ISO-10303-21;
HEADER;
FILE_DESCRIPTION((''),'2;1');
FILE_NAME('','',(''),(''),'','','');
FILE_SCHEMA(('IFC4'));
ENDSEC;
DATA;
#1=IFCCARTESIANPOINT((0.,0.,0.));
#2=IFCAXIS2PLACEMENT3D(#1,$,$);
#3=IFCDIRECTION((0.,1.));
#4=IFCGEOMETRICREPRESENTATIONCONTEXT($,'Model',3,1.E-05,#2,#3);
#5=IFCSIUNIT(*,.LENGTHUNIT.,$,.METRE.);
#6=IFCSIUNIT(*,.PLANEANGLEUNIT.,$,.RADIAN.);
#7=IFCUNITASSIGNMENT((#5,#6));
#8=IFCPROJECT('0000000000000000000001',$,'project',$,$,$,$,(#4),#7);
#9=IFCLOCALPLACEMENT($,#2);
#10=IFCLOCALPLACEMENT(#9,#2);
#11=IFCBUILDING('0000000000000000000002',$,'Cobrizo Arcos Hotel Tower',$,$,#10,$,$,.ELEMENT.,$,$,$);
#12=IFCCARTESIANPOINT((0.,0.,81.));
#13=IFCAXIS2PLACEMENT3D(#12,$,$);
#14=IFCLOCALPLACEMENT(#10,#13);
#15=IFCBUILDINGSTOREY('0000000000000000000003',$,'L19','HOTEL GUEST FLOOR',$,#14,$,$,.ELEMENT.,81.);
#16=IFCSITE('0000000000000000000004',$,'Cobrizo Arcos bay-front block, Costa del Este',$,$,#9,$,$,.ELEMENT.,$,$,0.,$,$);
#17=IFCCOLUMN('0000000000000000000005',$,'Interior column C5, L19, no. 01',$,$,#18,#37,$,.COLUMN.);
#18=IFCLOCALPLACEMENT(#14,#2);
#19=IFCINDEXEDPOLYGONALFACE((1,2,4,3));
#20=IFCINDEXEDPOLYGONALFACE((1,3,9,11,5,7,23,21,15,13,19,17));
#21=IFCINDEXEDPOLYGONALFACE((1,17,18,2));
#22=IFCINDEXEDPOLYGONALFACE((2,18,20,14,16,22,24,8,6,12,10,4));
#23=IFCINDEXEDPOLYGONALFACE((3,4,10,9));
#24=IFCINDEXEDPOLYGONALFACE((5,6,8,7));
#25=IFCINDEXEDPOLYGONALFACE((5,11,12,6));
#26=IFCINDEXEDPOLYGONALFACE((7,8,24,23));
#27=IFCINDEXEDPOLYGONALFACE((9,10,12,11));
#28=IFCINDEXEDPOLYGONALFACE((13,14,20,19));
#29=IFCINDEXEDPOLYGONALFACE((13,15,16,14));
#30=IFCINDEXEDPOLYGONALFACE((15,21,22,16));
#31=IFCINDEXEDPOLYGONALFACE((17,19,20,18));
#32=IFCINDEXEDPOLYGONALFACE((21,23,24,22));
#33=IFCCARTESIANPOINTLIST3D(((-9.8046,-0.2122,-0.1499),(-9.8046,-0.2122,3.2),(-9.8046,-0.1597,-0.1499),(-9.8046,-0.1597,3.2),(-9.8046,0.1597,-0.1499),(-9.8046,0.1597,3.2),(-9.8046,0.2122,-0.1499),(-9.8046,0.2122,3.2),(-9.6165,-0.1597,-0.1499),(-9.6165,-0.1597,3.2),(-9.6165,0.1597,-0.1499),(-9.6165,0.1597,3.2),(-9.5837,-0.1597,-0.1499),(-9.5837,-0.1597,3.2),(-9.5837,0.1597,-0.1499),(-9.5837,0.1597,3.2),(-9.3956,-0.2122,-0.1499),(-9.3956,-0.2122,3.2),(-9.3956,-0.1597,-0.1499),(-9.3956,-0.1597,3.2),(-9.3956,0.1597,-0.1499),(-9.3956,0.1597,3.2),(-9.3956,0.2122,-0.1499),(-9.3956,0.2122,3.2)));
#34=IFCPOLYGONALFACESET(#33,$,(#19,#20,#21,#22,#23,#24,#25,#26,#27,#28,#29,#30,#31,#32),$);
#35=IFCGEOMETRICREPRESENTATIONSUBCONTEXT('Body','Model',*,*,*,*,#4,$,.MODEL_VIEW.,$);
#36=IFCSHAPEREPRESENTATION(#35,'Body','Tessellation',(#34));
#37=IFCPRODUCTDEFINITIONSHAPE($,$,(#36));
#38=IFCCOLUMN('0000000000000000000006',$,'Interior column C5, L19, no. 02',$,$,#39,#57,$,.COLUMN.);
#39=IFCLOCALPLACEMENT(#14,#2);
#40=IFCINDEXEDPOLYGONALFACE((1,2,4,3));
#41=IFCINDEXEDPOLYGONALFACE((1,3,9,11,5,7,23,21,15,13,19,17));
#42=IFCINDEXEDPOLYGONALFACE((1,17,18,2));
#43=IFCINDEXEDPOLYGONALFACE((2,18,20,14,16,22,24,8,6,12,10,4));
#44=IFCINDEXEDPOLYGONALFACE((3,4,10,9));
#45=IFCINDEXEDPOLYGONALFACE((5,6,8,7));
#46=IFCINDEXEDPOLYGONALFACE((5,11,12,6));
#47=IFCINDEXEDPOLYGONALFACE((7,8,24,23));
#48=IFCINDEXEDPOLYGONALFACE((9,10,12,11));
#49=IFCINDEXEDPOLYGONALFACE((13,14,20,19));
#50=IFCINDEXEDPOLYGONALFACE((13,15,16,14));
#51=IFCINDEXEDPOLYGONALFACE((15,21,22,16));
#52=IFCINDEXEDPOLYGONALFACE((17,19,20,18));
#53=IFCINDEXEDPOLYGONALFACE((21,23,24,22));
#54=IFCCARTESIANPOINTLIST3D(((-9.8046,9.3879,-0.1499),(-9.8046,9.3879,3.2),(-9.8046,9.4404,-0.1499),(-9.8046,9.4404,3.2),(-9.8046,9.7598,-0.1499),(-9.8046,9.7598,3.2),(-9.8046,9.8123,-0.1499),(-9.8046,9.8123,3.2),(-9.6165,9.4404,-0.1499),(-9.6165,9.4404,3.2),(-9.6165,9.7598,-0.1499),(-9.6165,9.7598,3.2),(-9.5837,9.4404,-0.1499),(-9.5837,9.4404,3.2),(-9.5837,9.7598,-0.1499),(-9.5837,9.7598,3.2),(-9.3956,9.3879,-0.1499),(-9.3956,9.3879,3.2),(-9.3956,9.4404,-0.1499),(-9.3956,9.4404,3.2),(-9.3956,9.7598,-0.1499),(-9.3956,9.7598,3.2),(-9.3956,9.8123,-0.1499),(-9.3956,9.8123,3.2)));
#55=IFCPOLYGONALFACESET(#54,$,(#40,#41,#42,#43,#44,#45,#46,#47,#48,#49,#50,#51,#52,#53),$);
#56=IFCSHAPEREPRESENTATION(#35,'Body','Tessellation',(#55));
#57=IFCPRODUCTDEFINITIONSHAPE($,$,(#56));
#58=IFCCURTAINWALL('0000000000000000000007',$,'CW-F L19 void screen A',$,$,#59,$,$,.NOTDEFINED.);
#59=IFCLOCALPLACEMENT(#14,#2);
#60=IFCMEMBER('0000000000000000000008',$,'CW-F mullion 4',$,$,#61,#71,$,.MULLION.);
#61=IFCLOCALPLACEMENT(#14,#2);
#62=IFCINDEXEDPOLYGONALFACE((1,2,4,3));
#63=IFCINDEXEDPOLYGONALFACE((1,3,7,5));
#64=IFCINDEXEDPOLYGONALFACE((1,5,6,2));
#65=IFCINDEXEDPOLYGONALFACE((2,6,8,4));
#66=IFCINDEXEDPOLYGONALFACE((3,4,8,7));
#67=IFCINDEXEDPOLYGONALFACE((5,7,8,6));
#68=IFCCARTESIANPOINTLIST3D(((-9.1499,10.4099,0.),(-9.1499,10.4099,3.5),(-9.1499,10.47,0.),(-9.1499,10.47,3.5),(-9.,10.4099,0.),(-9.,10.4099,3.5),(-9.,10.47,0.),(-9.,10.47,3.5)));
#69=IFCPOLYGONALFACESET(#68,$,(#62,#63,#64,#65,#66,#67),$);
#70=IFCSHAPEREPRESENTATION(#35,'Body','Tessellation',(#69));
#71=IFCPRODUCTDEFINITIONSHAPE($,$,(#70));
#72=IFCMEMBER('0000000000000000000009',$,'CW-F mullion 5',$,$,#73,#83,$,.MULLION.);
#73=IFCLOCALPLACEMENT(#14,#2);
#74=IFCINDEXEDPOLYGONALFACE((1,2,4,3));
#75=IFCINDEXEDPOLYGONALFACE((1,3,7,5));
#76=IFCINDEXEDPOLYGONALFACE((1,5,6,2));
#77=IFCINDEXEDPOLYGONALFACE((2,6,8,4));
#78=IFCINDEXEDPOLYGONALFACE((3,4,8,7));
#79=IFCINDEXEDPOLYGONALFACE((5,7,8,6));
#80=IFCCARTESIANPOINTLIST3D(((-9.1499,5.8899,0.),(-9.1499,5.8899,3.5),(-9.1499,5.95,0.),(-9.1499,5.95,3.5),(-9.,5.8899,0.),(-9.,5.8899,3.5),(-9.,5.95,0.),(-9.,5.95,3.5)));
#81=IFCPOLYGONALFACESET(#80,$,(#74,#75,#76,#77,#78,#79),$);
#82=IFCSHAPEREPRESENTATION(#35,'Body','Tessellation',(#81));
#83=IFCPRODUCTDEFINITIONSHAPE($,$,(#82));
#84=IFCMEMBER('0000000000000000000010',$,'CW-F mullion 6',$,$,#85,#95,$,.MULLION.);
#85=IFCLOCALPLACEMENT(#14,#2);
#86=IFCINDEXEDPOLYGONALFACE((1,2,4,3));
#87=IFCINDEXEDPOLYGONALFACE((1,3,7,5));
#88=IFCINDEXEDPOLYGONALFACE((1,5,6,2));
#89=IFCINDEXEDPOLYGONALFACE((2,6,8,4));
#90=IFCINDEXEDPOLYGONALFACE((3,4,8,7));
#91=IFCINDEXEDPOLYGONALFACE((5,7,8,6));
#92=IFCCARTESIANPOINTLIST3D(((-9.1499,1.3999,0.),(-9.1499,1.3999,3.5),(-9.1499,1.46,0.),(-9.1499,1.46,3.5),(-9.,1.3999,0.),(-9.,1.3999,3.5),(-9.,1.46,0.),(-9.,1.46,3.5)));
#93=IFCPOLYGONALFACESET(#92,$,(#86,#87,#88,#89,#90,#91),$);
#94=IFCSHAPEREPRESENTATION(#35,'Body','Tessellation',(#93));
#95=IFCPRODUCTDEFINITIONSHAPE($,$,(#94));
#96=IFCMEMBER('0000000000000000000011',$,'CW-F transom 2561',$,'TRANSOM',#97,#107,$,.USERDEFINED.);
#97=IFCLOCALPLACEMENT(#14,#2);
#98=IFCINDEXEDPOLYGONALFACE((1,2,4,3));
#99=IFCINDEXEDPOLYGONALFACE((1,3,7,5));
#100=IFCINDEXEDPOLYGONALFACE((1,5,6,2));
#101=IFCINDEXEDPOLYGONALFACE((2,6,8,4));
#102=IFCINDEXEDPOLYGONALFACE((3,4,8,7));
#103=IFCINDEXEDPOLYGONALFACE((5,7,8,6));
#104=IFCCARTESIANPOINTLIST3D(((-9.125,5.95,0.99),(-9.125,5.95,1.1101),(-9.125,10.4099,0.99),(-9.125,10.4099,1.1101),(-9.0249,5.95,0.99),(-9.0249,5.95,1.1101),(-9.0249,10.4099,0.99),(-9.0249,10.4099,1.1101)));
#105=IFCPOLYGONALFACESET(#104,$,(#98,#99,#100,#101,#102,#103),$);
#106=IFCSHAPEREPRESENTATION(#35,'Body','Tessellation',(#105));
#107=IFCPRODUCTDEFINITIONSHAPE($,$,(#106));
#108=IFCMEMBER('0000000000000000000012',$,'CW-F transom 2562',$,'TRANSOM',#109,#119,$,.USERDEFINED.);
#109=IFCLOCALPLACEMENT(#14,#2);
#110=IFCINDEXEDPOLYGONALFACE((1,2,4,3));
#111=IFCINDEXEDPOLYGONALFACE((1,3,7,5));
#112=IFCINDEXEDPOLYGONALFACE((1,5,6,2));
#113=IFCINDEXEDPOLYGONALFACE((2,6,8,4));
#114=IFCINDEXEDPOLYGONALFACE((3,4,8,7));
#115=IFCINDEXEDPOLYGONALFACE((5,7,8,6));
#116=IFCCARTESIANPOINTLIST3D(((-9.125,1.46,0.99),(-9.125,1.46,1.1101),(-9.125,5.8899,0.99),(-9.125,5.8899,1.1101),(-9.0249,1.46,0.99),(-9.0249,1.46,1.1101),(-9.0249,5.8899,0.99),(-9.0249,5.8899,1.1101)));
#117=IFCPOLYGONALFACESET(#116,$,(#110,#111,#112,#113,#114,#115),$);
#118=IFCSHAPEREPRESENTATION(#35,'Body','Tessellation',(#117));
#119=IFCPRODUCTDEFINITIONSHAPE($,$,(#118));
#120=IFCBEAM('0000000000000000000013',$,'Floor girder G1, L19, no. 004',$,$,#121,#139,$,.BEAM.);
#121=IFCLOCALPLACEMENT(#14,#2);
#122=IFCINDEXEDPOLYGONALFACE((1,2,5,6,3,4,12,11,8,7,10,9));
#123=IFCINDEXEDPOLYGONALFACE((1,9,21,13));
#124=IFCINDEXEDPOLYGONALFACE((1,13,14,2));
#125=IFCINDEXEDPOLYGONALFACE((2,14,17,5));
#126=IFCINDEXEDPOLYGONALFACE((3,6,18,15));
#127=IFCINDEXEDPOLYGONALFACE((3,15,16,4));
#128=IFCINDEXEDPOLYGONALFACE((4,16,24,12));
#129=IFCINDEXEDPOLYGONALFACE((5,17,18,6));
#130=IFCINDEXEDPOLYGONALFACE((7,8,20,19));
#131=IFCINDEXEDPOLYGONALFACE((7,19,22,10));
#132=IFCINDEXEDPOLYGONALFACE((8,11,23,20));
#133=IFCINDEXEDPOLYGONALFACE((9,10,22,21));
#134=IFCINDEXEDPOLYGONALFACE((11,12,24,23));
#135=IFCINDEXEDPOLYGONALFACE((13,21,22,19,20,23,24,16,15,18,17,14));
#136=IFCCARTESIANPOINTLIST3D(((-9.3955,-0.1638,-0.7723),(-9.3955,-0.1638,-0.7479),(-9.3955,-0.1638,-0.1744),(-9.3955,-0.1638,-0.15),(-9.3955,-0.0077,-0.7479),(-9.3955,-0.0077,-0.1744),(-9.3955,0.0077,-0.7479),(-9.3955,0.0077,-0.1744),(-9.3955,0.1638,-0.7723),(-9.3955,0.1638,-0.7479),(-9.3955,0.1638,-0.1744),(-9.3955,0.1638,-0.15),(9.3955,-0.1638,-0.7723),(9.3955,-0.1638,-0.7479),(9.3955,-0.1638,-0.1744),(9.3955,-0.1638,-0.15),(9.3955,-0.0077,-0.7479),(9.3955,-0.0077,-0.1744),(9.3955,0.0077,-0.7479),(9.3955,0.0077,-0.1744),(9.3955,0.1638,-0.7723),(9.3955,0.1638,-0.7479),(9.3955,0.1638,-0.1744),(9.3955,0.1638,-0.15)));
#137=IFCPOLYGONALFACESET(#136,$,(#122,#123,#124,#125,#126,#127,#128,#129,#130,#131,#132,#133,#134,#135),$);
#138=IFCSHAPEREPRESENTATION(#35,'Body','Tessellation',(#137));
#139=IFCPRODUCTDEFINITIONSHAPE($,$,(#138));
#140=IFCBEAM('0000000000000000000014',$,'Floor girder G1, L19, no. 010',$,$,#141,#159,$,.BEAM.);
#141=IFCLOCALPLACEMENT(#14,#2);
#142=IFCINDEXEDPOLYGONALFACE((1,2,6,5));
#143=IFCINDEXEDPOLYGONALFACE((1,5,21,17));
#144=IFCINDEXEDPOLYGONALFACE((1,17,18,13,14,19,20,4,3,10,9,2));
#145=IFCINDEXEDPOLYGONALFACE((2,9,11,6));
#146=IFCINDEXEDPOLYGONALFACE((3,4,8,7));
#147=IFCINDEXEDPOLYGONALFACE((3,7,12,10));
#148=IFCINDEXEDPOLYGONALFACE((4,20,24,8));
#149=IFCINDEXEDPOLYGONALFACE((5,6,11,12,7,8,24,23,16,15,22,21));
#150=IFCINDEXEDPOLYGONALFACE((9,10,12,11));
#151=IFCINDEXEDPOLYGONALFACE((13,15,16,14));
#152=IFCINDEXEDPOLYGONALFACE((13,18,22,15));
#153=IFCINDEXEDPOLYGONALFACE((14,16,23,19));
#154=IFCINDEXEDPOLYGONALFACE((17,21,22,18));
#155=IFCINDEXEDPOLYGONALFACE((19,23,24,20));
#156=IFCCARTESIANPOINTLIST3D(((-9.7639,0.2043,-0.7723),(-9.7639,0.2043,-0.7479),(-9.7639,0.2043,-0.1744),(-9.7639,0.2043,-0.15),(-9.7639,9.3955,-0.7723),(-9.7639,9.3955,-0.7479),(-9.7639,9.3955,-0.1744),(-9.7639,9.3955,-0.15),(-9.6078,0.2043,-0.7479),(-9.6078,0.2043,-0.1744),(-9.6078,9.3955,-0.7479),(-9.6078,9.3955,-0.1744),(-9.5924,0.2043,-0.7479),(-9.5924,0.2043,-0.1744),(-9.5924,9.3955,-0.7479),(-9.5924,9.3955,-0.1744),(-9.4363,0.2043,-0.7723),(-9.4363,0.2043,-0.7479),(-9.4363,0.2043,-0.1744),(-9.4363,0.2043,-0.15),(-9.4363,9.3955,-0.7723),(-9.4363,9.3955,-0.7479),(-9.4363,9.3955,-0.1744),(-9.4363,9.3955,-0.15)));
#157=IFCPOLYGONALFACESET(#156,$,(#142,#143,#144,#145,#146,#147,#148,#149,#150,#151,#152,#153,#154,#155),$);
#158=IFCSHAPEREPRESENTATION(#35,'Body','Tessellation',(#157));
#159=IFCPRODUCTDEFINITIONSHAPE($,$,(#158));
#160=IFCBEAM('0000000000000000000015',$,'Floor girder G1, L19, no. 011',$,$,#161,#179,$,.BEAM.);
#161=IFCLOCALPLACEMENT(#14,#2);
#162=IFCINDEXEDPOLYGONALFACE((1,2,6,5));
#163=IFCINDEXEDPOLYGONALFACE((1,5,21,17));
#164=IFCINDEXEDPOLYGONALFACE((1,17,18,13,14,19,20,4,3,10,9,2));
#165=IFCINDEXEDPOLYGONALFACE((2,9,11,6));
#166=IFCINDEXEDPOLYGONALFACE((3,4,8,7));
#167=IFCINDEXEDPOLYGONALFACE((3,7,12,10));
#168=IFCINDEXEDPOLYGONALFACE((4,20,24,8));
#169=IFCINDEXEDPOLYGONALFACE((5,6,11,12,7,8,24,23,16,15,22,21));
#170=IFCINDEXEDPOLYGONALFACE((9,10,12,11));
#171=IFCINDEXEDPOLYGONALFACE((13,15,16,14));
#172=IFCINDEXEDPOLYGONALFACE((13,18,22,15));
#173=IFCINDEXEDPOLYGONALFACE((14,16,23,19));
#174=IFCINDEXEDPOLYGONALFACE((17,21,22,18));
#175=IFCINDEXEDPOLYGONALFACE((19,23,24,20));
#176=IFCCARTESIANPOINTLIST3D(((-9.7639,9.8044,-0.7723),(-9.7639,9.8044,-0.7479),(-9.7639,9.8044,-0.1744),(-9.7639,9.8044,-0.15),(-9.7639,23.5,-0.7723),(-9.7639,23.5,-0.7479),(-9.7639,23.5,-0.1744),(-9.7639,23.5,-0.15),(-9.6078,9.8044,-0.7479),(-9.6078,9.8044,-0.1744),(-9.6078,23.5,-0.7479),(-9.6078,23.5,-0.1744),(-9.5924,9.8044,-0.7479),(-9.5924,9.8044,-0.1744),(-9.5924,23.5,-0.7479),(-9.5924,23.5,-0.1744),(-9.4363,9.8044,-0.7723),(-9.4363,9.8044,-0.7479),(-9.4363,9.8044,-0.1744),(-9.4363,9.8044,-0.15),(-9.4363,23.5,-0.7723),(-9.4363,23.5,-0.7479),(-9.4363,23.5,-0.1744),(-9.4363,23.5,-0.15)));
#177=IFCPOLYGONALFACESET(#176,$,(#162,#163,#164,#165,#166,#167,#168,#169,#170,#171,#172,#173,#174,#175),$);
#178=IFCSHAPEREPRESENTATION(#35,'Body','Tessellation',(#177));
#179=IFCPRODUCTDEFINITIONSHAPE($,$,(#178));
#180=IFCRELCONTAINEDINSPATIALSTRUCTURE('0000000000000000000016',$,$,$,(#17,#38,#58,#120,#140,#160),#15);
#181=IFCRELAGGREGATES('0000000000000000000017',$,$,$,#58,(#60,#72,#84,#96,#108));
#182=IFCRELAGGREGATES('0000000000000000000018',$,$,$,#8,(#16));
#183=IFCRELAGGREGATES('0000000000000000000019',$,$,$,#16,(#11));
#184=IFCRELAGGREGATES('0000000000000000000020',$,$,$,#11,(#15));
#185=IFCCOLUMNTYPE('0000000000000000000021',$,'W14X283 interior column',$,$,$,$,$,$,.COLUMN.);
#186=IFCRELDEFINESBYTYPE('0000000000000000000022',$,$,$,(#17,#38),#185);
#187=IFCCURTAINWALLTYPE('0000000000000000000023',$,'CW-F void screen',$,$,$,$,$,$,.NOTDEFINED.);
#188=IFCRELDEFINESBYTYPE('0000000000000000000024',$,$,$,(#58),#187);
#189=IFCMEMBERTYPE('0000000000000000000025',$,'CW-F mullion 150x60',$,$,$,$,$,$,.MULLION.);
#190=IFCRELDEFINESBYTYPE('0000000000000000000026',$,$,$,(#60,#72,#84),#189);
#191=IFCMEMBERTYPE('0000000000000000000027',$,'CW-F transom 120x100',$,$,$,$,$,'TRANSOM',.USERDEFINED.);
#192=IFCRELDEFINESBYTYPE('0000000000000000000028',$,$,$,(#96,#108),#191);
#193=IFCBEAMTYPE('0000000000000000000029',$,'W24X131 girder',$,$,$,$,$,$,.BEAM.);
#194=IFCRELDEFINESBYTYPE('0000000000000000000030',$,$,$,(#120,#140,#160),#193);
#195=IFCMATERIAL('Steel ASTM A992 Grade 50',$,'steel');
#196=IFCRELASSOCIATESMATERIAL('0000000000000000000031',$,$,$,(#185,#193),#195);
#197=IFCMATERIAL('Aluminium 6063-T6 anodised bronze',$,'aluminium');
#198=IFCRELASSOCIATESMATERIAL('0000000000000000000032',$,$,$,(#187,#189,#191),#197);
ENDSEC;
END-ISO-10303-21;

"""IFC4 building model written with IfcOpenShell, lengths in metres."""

from ifc_helpers import new_model, si_unit, direction, frame, origin, origin_2d, place, context, subcontext, project, spatial, rectangle, i_section, extrude, material, material_profile, profile_set, type_object, element, aggregate, save


model = new_model("IFC4")

# Units and contexts
model_context = context("Model", 3, precision=1e-05, world=origin(), true_north=direction((0.0, 1.0)))
body_context = subcontext(model_context, "Body", "Model", "MODEL_VIEW")
ifc_project = project(units=[si_unit("LENGTHUNIT", "METRE"), si_unit("PLANEANGLEUNIT", "RADIAN")], contexts=[model_context])

# Site, building, storey
site_placement = place(None, origin())
site = spatial("IfcSite", under=ifc_project, at=site_placement, Name="Cobrizo Arcos bay-front block, Costa del Este", CompositionType="ELEMENT", RefElevation=0.0)
building_placement = place(site_placement, origin())
building = spatial("IfcBuilding", under=site, at=building_placement, Name="Cobrizo Arcos Hotel Tower", CompositionType="ELEMENT")
storey_placement = place(building_placement, frame((0.0, 0.0, 81.0)))
storey = spatial("IfcBuildingStorey", under=building, at=storey_placement, Name="L19", Description="HOTEL GUEST FLOOR", CompositionType="ELEMENT", Elevation=81.0)

# Columns
ifc_material_1 = material(Name="Steel ASTM A992 Grade 50", Category="steel")
ifc_material_profile_1 = material_profile(ifc_material_1, i_section(OverallWidth=0.4089, OverallDepth=0.4243, WebThickness=0.0327, FlangeThickness=0.0525, at=origin_2d()), Name="W14X283")
ifc_profile_set_1 = profile_set([ifc_material_profile_1], Name="Steel ASTM A992 Grade 50")
column_type = type_object("IfcColumnType", Name="W14X283 interior column", PredefinedType="COLUMN", material=ifc_profile_set_1)
for number, where, z_axis, x_axis, name in (
    (1, (-9.6001, 0.0, -0.1499), (0.0, 0.0, 1.0), (1.0, 0.0, 0.0), "Interior column C5, L19, no. 01"),
    (2, (-9.6001, 9.6001, -0.1499), (0.0, 0.0, 1.0), (1.0, 0.0, 0.0), "Interior column C5, L19, no. 02"),
):
    element("IfcColumn", number, at=place(storey_placement, frame(where, z_axis=z_axis, x_axis=x_axis)), inside=storey, type_object=column_type, Name=name, PredefinedType="COLUMN", context=body_context, shape_type="SweptSolid", body=[
        extrude(i_section(OverallWidth=0.4089, OverallDepth=0.4243, WebThickness=0.0327, FlangeThickness=0.0525, at=origin_2d()), origin(), (0.0, 0.0, 1.0), 3.3499),
    ])

# Curtain wall, members
ifc_material_2 = material(Name="Aluminium 6063-T6 anodised bronze", Category="aluminium")
curtain_wall_type = type_object("IfcCurtainWallType", Name="CW-F void screen", PredefinedType="NOTDEFINED", material=ifc_material_2)
curtain_wall_placement = place(storey_placement, origin())
curtain_wall = element("IfcCurtainWall", 3, at=curtain_wall_placement, inside=storey, type_object=curtain_wall_type, Name="CW-F L19 void screen A", PredefinedType="NOTDEFINED")
ifc_material_profile_2 = material_profile(ifc_material_2, rectangle(XDim=0.1499, YDim=0.0601, at=origin_2d()), Name="CW-F mullion 150x60")
ifc_profile_set_2 = profile_set([ifc_material_profile_2], Name="Aluminium 6063-T6 anodised bronze")
member_type_1 = type_object("IfcMemberType", Name="CW-F mullion 150x60", PredefinedType="MULLION", material=ifc_profile_set_2)
member_1_placement = place(storey_placement, frame((-9.075, 10.4399, 0.0), z_axis=(0.0, 0.0, 1.0), x_axis=(-1.0, 0.0, 0.0)))
member_1 = element("IfcMember", 4, at=member_1_placement, type_object=member_type_1, Name="CW-F mullion 4", PredefinedType="MULLION", context=body_context, shape_type="SweptSolid", body=[
    extrude(rectangle(XDim=0.1499, YDim=0.0601, at=origin_2d()), origin(), (0.0, 0.0, 1.0), 3.5),
])
member_2_placement = place(storey_placement, frame((-9.075, 5.9199, 0.0), z_axis=(0.0, 0.0, 1.0), x_axis=(-1.0, 0.0, 0.0)))
member_2 = element("IfcMember", 5, at=member_2_placement, type_object=member_type_1, Name="CW-F mullion 5", PredefinedType="MULLION", context=body_context, shape_type="SweptSolid", body=[
    extrude(rectangle(XDim=0.1499, YDim=0.0601, at=origin_2d()), origin(), (0.0, 0.0, 1.0), 3.5),
])
member_3_placement = place(storey_placement, frame((-9.075, 1.4299, 0.0), z_axis=(0.0, 0.0, 1.0), x_axis=(-1.0, 0.0, 0.0)))
member_3 = element("IfcMember", 6, at=member_3_placement, type_object=member_type_1, Name="CW-F mullion 6", PredefinedType="MULLION", context=body_context, shape_type="SweptSolid", body=[
    extrude(rectangle(XDim=0.1499, YDim=0.0601, at=origin_2d()), origin(), (0.0, 0.0, 1.0), 3.5),
])
ifc_material_profile_3 = material_profile(ifc_material_2, rectangle(XDim=0.1001, YDim=0.1201, at=origin_2d()), Name="CW-F transom 120x100")
ifc_profile_set_3 = profile_set([ifc_material_profile_3], Name="Aluminium 6063-T6 anodised bronze")
member_type_2 = type_object("IfcMemberType", Name="CW-F transom 120x100", ElementType="TRANSOM", PredefinedType="USERDEFINED", material=ifc_profile_set_3)
member_4_placement = place(storey_placement, frame((-9.075, 10.4099, 1.05), z_axis=(0.0, -1.0, 0.0), x_axis=(1.0, 0.0, 0.0)))
member_4 = element("IfcMember", 7, at=member_4_placement, type_object=member_type_2, Name="CW-F transom 2561", ObjectType="TRANSOM", PredefinedType="USERDEFINED", context=body_context, shape_type="SweptSolid", body=[
    extrude(rectangle(XDim=0.1001, YDim=0.1201, at=origin_2d()), origin(), (0.0, 0.0, 1.0), 4.46),
])
member_5_placement = place(storey_placement, frame((-9.075, 5.8899, 1.05), z_axis=(0.0, -1.0, 0.0), x_axis=(1.0, 0.0, 0.0)))
member_5 = element("IfcMember", 8, at=member_5_placement, type_object=member_type_2, Name="CW-F transom 2562", ObjectType="TRANSOM", PredefinedType="USERDEFINED", context=body_context, shape_type="SweptSolid", body=[
    extrude(rectangle(XDim=0.1001, YDim=0.1201, at=origin_2d()), origin(), (0.0, 0.0, 1.0), 4.4299),
])

# Beams
ifc_material_profile_4 = material_profile(ifc_material_1, i_section(OverallWidth=0.3276, OverallDepth=0.6223, WebThickness=0.0154, FlangeThickness=0.0244, at=origin_2d()), Name="W24X131")
ifc_profile_set_4 = profile_set([ifc_material_profile_4], Name="Steel ASTM A992 Grade 50")
beam_type_1 = type_object("IfcBeamType", Name="W24X131 girder", PredefinedType="BEAM", material=ifc_profile_set_4)
beam_1_placement = place(storey_placement, frame((-9.3955, 0.0, -0.4612), z_axis=(1.0, 0.0, 0.0), x_axis=(0.0, 1.0, 0.0)))
element("IfcBeam", 9, at=beam_1_placement, inside=storey, type_object=beam_type_1, Name="Floor girder G1, L19, no. 004", PredefinedType="BEAM", context=body_context, shape_type="SweptSolid", body=[
    extrude(i_section(OverallWidth=0.3276, OverallDepth=0.6223, WebThickness=0.0154, FlangeThickness=0.0244, at=origin_2d()), origin(), (0.0, 0.0, 1.0), 18.791),
])
beam_2_placement = place(storey_placement, frame((-9.6001, 0.2043, -0.4612), z_axis=(0.0, 1.0, 0.0), x_axis=(-1.0, 0.0, 0.0)))
element("IfcBeam", 10, at=beam_2_placement, inside=storey, type_object=beam_type_1, Name="Floor girder G1, L19, no. 010", PredefinedType="BEAM", context=body_context, shape_type="SweptSolid", body=[
    extrude(i_section(OverallWidth=0.3276, OverallDepth=0.6223, WebThickness=0.0154, FlangeThickness=0.0244, at=origin_2d()), origin(), (0.0, 0.0, 1.0), 9.1912),
])
beam_3_placement = place(storey_placement, frame((-9.6001, 9.8044, -0.4612), z_axis=(0.0, 1.0, 0.0), x_axis=(-1.0, 0.0, 0.0)))
element("IfcBeam", 11, at=beam_3_placement, inside=storey, type_object=beam_type_1, Name="Floor girder G1, L19, no. 011", PredefinedType="BEAM", context=body_context, shape_type="SweptSolid", body=[
    extrude(i_section(OverallWidth=0.3276, OverallDepth=0.6223, WebThickness=0.0154, FlangeThickness=0.0244, at=origin_2d()), origin(), (0.0, 0.0, 1.0), 13.6956),
])

aggregate(curtain_wall, [member_1, member_2, member_3, member_4, member_5])

save(model, "model.ifc")
